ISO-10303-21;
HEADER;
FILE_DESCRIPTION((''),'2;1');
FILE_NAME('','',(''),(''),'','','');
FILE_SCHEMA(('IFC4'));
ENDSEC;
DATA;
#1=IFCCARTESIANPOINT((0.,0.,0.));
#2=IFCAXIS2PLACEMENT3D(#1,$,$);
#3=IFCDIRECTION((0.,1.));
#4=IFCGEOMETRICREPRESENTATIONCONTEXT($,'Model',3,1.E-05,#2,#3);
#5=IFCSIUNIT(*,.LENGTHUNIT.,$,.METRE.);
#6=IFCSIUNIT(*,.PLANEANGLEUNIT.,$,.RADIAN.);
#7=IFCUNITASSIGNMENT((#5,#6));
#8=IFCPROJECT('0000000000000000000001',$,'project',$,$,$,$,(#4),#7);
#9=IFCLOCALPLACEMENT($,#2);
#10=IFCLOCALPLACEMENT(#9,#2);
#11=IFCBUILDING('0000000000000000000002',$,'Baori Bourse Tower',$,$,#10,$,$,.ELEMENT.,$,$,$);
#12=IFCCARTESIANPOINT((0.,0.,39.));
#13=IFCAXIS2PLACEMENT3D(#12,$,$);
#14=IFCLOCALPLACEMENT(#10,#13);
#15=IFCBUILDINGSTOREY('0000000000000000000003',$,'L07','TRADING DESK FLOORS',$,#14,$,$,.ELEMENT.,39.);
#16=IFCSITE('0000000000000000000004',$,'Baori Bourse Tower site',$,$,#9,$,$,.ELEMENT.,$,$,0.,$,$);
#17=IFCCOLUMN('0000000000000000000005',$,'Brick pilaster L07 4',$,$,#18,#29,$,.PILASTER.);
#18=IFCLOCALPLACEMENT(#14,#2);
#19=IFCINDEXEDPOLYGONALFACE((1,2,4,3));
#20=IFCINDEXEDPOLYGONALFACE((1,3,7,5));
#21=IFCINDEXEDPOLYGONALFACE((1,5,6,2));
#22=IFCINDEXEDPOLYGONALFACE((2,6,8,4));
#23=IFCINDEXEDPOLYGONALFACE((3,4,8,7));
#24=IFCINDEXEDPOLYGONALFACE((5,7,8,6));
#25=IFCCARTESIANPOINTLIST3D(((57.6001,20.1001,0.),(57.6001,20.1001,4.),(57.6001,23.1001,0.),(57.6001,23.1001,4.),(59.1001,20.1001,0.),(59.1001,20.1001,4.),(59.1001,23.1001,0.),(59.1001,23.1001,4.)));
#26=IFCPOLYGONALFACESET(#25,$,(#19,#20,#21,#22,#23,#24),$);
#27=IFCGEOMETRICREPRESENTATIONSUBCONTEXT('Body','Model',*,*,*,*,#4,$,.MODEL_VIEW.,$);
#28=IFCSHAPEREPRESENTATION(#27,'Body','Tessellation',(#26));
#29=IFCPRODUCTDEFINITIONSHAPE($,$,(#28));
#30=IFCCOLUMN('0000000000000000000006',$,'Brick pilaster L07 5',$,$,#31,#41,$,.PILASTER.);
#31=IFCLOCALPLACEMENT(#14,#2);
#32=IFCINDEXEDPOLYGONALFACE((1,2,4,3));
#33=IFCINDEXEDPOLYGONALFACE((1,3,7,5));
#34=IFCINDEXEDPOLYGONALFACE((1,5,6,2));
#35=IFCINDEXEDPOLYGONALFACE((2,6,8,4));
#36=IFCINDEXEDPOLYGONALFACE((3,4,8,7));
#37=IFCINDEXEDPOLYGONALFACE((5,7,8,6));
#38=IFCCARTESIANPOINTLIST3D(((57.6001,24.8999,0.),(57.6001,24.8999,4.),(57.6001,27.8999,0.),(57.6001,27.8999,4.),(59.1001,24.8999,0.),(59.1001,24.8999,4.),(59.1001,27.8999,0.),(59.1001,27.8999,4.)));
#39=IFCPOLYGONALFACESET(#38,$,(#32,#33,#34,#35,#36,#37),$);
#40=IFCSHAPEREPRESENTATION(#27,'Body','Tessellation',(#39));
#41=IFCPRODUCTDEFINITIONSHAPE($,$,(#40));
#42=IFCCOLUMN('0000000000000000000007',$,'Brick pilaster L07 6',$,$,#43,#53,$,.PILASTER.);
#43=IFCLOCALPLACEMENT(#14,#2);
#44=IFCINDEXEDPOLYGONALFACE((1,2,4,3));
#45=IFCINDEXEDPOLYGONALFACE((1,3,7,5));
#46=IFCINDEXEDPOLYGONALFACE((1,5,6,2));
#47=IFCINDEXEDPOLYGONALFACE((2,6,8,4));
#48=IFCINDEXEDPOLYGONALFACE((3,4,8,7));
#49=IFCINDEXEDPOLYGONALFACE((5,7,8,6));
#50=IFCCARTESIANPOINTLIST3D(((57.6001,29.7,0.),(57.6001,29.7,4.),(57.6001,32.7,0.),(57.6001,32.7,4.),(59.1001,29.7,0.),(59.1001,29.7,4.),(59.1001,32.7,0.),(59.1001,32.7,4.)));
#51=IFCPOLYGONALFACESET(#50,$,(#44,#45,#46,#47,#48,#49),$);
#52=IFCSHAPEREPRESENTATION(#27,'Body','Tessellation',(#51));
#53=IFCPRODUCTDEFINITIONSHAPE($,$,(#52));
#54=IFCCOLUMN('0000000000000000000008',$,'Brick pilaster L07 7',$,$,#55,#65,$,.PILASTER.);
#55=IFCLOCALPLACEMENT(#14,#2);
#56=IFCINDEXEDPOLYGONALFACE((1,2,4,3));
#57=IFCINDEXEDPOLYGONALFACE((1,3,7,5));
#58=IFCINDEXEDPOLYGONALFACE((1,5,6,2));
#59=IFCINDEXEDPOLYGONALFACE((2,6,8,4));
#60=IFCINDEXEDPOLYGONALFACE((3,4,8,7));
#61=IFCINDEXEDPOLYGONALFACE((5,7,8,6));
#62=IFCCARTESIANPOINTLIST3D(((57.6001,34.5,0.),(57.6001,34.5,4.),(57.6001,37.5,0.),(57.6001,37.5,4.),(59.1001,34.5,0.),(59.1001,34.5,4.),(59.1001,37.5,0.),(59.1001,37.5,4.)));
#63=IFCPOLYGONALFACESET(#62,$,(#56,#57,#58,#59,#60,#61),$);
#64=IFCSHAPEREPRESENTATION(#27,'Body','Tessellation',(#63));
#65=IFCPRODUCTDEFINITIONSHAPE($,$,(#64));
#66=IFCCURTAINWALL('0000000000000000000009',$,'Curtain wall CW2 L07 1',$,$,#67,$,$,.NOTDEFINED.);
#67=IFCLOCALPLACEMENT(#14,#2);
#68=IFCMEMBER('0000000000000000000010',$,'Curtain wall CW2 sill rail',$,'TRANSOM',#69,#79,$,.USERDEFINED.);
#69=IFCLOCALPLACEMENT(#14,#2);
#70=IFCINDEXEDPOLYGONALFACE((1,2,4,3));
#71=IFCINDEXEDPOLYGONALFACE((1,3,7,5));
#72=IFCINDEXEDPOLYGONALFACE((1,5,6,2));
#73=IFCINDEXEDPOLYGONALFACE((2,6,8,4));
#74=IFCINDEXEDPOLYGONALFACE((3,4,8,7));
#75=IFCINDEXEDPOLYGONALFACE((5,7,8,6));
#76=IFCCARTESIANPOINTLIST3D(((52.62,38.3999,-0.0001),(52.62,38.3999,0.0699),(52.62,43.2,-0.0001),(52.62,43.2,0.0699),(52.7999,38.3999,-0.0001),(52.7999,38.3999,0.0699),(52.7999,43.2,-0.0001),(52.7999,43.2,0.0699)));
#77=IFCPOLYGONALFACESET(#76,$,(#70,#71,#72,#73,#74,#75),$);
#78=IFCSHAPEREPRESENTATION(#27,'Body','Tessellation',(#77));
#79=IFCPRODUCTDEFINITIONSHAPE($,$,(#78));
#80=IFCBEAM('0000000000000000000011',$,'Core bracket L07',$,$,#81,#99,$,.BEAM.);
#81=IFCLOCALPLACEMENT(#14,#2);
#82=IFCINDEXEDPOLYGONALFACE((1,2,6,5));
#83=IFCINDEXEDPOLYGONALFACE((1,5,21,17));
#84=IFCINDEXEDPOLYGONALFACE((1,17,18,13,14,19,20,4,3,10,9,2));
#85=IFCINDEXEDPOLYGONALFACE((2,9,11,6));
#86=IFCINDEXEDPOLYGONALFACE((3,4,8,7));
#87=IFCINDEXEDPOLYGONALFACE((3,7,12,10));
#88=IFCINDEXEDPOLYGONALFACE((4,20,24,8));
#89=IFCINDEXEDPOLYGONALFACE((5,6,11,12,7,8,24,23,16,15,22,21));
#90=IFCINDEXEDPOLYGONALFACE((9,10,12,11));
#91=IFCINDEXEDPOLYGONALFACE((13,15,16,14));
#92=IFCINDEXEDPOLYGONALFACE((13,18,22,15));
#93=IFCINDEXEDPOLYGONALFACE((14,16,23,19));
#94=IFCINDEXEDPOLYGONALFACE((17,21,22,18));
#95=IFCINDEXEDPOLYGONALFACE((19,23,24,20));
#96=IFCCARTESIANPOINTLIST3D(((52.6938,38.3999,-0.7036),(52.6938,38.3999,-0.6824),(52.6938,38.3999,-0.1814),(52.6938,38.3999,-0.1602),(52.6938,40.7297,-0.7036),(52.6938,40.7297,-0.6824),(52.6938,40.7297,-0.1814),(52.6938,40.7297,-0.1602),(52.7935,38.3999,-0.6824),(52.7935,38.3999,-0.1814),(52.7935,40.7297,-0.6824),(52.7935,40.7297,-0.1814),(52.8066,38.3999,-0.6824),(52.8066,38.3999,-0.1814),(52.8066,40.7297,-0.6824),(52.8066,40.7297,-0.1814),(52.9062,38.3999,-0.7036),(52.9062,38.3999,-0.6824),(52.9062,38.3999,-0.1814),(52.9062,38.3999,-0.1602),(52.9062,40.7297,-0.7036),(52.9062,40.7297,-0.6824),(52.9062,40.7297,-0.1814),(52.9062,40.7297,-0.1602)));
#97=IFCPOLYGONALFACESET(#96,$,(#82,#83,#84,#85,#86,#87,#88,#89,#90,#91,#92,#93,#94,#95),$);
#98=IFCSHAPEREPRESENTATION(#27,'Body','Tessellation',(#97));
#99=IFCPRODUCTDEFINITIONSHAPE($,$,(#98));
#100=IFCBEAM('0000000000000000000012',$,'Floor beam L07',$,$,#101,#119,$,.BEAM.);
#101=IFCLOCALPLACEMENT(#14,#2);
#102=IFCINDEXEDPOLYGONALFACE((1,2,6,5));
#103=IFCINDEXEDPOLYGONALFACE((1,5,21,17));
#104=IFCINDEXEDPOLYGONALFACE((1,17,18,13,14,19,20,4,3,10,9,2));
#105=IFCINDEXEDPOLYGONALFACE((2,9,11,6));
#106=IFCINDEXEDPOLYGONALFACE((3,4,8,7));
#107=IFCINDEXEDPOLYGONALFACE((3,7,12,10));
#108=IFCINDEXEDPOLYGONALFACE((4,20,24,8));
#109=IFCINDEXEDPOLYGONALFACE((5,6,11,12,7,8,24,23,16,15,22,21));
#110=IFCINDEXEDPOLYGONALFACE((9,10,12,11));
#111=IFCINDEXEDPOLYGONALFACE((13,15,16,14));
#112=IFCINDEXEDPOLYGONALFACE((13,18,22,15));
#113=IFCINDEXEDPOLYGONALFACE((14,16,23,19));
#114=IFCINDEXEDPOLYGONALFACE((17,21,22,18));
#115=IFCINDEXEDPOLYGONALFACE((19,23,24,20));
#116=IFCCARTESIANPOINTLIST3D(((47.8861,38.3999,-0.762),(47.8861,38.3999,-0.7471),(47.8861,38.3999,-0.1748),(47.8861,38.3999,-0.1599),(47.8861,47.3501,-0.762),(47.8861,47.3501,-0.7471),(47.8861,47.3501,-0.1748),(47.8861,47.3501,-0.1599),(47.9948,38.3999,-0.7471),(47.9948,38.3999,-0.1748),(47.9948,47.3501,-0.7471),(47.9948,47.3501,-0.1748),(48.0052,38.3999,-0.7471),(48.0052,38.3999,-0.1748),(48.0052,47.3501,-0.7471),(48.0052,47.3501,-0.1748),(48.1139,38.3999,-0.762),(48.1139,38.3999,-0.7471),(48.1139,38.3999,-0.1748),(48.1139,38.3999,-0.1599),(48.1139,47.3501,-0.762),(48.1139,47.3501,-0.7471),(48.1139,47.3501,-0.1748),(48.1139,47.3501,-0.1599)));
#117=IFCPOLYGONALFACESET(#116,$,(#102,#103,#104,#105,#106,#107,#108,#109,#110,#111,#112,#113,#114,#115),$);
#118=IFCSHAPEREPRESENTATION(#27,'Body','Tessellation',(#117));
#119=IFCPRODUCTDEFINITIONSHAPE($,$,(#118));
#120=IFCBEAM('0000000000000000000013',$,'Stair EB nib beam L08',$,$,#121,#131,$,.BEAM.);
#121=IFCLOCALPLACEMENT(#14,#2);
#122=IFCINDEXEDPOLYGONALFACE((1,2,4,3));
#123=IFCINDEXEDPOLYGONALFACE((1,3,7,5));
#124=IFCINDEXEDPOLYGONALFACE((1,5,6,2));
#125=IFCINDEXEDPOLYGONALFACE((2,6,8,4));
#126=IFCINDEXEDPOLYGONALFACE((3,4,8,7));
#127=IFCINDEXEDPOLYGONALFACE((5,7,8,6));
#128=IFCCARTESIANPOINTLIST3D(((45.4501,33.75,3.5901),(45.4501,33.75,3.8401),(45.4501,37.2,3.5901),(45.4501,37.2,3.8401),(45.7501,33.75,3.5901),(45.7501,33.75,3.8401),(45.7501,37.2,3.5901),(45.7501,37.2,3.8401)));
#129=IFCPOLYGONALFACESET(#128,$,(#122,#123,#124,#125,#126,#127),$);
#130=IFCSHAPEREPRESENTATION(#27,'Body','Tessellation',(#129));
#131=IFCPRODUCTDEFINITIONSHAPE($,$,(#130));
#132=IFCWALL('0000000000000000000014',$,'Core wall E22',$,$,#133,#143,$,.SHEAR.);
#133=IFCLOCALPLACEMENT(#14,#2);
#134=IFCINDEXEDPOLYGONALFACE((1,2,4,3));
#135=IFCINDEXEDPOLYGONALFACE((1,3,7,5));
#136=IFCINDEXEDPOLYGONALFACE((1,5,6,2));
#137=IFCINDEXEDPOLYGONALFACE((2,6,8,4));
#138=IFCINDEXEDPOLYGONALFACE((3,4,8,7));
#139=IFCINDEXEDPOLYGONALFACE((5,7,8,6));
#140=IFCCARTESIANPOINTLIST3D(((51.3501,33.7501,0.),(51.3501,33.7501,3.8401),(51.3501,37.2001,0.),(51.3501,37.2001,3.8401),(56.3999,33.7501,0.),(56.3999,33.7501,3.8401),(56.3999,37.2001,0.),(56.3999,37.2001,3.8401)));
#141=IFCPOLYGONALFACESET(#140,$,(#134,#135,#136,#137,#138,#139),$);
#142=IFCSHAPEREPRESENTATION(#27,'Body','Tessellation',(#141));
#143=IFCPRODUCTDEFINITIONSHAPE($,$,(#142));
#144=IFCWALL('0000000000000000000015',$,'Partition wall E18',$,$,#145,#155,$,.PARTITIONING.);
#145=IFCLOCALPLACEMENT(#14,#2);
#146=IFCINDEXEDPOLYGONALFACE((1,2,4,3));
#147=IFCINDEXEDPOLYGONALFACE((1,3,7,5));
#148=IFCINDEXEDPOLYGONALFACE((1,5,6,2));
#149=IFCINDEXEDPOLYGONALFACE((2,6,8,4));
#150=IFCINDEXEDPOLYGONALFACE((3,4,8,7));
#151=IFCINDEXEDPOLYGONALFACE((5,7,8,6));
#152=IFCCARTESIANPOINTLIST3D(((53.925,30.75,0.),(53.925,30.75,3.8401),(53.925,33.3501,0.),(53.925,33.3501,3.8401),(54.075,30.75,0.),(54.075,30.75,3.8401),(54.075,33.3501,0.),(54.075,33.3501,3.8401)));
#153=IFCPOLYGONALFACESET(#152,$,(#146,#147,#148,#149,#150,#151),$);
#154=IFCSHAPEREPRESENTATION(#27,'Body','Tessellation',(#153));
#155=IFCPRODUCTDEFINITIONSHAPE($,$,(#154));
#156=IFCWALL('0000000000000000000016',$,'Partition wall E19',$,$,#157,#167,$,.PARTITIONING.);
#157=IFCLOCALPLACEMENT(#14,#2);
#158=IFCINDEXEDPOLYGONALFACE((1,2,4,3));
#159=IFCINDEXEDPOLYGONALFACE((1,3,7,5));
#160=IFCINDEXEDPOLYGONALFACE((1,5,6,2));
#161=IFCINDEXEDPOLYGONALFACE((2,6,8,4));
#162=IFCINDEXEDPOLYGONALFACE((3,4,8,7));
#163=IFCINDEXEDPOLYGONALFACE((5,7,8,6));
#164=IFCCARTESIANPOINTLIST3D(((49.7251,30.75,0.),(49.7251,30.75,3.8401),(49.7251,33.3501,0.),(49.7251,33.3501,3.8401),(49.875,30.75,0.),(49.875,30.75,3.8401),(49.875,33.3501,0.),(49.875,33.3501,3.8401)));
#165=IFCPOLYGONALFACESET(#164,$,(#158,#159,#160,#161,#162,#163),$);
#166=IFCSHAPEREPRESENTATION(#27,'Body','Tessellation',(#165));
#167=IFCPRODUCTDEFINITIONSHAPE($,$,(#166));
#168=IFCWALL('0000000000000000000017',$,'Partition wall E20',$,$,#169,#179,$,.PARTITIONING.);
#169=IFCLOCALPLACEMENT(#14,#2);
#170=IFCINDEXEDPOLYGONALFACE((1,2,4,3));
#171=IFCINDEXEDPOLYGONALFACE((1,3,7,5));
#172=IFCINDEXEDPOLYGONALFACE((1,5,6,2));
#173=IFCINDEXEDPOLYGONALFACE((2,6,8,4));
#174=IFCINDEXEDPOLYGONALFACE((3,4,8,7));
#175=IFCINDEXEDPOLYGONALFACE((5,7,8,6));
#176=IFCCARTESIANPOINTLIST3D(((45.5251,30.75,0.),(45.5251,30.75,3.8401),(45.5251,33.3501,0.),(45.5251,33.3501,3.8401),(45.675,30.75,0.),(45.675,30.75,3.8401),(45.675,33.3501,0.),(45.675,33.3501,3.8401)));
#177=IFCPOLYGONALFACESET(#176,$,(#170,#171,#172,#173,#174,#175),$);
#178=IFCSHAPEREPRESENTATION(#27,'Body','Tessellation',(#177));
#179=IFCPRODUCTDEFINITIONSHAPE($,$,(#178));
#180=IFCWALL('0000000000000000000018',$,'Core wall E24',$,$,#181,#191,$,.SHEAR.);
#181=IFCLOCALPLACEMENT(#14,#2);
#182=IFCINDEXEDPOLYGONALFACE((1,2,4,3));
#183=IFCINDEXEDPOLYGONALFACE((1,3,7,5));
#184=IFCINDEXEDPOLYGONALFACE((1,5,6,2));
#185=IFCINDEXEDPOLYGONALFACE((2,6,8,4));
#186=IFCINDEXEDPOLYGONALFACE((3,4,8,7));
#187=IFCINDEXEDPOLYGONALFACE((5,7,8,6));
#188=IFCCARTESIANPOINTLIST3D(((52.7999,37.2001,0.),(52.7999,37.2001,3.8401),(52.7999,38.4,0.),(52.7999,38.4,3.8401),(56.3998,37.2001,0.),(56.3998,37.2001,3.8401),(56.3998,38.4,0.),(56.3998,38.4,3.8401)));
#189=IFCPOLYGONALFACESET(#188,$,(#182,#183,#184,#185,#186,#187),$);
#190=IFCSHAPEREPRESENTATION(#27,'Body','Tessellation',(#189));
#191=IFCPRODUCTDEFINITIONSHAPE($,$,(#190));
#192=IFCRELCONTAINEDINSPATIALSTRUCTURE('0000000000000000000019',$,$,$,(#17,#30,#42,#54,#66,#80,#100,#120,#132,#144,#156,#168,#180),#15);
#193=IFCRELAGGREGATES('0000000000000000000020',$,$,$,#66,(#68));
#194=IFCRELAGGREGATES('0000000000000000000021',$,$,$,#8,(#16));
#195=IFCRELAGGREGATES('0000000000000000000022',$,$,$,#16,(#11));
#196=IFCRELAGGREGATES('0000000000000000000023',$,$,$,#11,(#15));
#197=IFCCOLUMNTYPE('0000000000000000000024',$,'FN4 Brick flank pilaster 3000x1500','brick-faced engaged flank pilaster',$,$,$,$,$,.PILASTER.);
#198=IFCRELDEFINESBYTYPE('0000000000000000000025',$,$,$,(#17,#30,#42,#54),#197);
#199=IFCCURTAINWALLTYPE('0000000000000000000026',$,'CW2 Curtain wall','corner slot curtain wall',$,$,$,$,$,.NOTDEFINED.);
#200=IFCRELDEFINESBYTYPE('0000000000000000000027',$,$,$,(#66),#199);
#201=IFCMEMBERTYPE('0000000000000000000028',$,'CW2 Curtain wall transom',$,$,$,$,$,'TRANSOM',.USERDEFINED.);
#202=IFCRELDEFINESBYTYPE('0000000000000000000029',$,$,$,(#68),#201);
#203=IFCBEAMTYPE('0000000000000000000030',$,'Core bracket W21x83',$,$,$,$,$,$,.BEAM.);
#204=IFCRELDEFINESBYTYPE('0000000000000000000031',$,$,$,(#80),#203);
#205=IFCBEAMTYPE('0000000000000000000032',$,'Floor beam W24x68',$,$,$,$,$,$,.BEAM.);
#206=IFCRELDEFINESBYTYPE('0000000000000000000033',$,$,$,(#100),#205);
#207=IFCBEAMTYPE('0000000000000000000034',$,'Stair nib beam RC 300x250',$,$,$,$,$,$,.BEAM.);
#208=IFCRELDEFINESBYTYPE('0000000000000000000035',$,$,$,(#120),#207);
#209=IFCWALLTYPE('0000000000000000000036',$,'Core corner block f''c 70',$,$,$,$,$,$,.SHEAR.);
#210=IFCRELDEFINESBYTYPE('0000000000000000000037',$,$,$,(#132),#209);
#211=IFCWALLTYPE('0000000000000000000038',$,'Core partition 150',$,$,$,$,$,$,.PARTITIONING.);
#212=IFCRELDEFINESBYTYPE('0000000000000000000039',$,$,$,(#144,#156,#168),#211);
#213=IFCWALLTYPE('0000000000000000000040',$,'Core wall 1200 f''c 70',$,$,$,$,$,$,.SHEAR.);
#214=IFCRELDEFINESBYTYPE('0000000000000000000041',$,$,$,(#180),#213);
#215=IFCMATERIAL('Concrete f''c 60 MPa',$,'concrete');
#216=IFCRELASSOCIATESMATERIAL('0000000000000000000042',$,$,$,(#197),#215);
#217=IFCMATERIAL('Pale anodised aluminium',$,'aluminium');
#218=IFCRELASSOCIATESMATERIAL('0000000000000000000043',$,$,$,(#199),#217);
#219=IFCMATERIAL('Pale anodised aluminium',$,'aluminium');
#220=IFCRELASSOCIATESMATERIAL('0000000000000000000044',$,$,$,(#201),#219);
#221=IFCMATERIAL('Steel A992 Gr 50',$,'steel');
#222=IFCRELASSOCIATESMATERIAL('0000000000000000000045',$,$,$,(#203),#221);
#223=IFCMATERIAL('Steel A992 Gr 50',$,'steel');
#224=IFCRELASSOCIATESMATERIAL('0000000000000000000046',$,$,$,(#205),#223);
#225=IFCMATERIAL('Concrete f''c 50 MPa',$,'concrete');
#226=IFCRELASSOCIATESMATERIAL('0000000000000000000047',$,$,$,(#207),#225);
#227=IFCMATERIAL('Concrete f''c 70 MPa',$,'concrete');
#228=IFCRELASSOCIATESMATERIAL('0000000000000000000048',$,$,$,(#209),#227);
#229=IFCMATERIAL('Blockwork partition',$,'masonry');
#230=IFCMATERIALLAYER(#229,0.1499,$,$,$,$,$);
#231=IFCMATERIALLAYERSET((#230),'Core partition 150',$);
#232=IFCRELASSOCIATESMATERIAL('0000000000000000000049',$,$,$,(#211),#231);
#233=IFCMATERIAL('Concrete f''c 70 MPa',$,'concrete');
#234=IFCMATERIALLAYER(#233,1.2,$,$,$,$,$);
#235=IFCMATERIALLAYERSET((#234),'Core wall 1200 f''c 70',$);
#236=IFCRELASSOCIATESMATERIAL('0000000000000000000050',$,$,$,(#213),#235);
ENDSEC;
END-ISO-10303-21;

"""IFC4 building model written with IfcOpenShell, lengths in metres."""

from ifc_helpers import new_model, si_unit, direction, frame, frame_2d, origin, origin_2d, place, context, subcontext, project, spatial, rectangle, i_section, extrude, material, layer, layer_set, material_profile, profile_set, type_object, element, aggregate, save


model = new_model("IFC4")

# Units and contexts
model_context = context("Model", 3, precision=1e-05, world=origin(), true_north=direction((0.0, 1.0)))
body_context = subcontext(model_context, "Body", "Model", "MODEL_VIEW")
ifc_project = project(units=[si_unit("LENGTHUNIT", "METRE"), si_unit("PLANEANGLEUNIT", "RADIAN")], contexts=[model_context])

# Site, building, storey
site_placement = place(None, origin())
site = spatial("IfcSite", under=ifc_project, at=site_placement, Name="Baori Bourse Tower site", CompositionType="ELEMENT", RefElevation=0.0)
building_placement = place(site_placement, origin())
building = spatial("IfcBuilding", under=site, at=building_placement, Name="Baori Bourse Tower", CompositionType="ELEMENT")
storey_placement = place(building_placement, frame((0.0, 0.0, 39.0)))
storey = spatial("IfcBuildingStorey", under=building, at=storey_placement, Name="L07", Description="TRADING DESK FLOORS", CompositionType="ELEMENT", Elevation=39.0)

# Columns
ifc_material_1 = material(Name="Concrete f'c 60 MPa", Category="concrete")
ifc_material_profile_1 = material_profile(ifc_material_1, rectangle(XDim=3.0, YDim=1.5, at=origin_2d()), Name="RC 3000x1500")
ifc_profile_set_1 = profile_set([ifc_material_profile_1], Name="Concrete f'c 60 MPa")
column_type = type_object("IfcColumnType", Name="FN4 Brick flank pilaster 3000x1500", Description="brick-faced engaged flank pilaster", PredefinedType="PILASTER", material=ifc_profile_set_1)
for number, where, z_axis, x_axis, name in (
    (1, (58.3501, 21.6001, 0.0), (0.0, 0.0, 1.0), (0.0, 1.0, 0.0), "Brick pilaster L07 4"),
    (2, (58.3501, 26.3999, 0.0), (0.0, 0.0, 1.0), (0.0, 1.0, 0.0), "Brick pilaster L07 5"),
    (3, (58.3501, 31.2, 0.0), (0.0, 0.0, 1.0), (0.0, 1.0, 0.0), "Brick pilaster L07 6"),
    (4, (58.3501, 36.0, 0.0), (0.0, 0.0, 1.0), (0.0, 1.0, 0.0), "Brick pilaster L07 7"),
):
    element("IfcColumn", number, at=place(storey_placement, frame(where, z_axis=z_axis, x_axis=x_axis)), inside=storey, type_object=column_type, Name=name, PredefinedType="PILASTER", context=body_context, shape_type="SweptSolid", body=[
        extrude(rectangle(XDim=3.0, YDim=1.5, at=origin_2d()), origin(), (0.0, 0.0, 1.0), 4.0),
    ])

# Curtain wall, member
ifc_material_2 = material(Name="Pale anodised aluminium", Category="aluminium")
curtain_wall_type = type_object("IfcCurtainWallType", Name="CW2 Curtain wall", Description="corner slot curtain wall", PredefinedType="NOTDEFINED", material=ifc_material_2)
curtain_wall_placement = place(storey_placement, origin())
curtain_wall = element("IfcCurtainWall", 5, at=curtain_wall_placement, inside=storey, type_object=curtain_wall_type, Name="Curtain wall CW2 L07 1", PredefinedType="NOTDEFINED")
ifc_material_3 = material(Name="Pale anodised aluminium", Category="aluminium")
ifc_material_profile_2 = material_profile(ifc_material_3, rectangle(XDim=0.1799, YDim=0.0701, at=origin_2d()), Name="Transom 70x180")
ifc_profile_set_2 = profile_set([ifc_material_profile_2], Name="Pale anodised aluminium")
member_type = type_object("IfcMemberType", Name="CW2 Curtain wall transom", ElementType="TRANSOM", PredefinedType="USERDEFINED", material=ifc_profile_set_2)
member_placement = place(storey_placement, frame((52.71, 38.3999, 0.0349), z_axis=(0.0, 1.0, 0.0), x_axis=(-1.0, 0.0, 0.0)))
member = element("IfcMember", 6, at=member_placement, type_object=member_type, Name="Curtain wall CW2 sill rail", ObjectType="TRANSOM", PredefinedType="USERDEFINED", context=body_context, shape_type="SweptSolid", body=[
    extrude(rectangle(XDim=0.1799, YDim=0.0701, at=origin_2d()), origin(), (0.0, 0.0, 1.0), 4.8),
])
aggregate(curtain_wall, [member])

# Beams
ifc_material_4 = material(Name="Steel A992 Gr 50", Category="steel")
ifc_material_profile_3 = material_profile(ifc_material_4, i_section(OverallWidth=0.2124, OverallDepth=0.5435, WebThickness=0.0132, FlangeThickness=0.0212, at=origin_2d()), Name="W21x83")
ifc_profile_set_3 = profile_set([ifc_material_profile_3], Name="Steel A992 Gr 50")
beam_type_1 = type_object("IfcBeamType", Name="Core bracket W21x83", PredefinedType="BEAM", material=ifc_profile_set_3)
beam_1_placement = place(storey_placement, frame((52.8, 38.3999, -0.4319), z_axis=(0.0, 1.0, 0.0), x_axis=(-1.0, 0.0, 0.0)))
element("IfcBeam", 7, at=beam_1_placement, inside=storey, type_object=beam_type_1, Name="Core bracket L07", PredefinedType="BEAM", context=body_context, shape_type="SweptSolid", body=[
    extrude(i_section(OverallWidth=0.2124, OverallDepth=0.5435, WebThickness=0.0132, FlangeThickness=0.0212, at=origin_2d()), origin(), (0.0, 0.0, 1.0), 2.3298),
])
ifc_material_5 = material(Name="Steel A992 Gr 50", Category="steel")
ifc_material_profile_4 = material_profile(ifc_material_5, i_section(OverallWidth=0.2278, OverallDepth=0.6021, WebThickness=0.0105, FlangeThickness=0.0149, at=origin_2d()), Name="W24x68")
ifc_profile_set_4 = profile_set([ifc_material_profile_4], Name="Steel A992 Gr 50")
beam_type_2 = type_object("IfcBeamType", Name="Floor beam W24x68", PredefinedType="BEAM", material=ifc_profile_set_4)
beam_2_placement = place(storey_placement, frame((48.0, 38.3999, -0.4609), z_axis=(0.0, 1.0, 0.0), x_axis=(-1.0, 0.0, 0.0)))
element("IfcBeam", 8, at=beam_2_placement, inside=storey, type_object=beam_type_2, Name="Floor beam L07", PredefinedType="BEAM", context=body_context, shape_type="SweptSolid", body=[
    extrude(i_section(OverallWidth=0.2278, OverallDepth=0.6021, WebThickness=0.0105, FlangeThickness=0.0149, at=origin_2d()), origin(), (0.0, 0.0, 1.0), 8.9502),
])
ifc_material_6 = material(Name="Concrete f'c 50 MPa", Category="concrete")
ifc_material_profile_5 = material_profile(ifc_material_6, rectangle(XDim=0.3, YDim=0.25, at=origin_2d()), Name="RC 300x250")
ifc_profile_set_5 = profile_set([ifc_material_profile_5], Name="Concrete f'c 50 MPa")
beam_type_3 = type_object("IfcBeamType", Name="Stair nib beam RC 300x250", PredefinedType="BEAM", material=ifc_profile_set_5)
beam_3_placement = place(storey_placement, frame((45.6001, 33.75, 3.7151), z_axis=(0.0, 1.0, 0.0), x_axis=(-1.0, 0.0, 0.0)))
element("IfcBeam", 9, at=beam_3_placement, inside=storey, type_object=beam_type_3, Name="Stair EB nib beam L08", PredefinedType="BEAM", context=body_context, shape_type="SweptSolid", body=[
    extrude(rectangle(XDim=0.3, YDim=0.25, at=origin_2d()), origin(), (0.0, 0.0, 1.0), 3.45),
])

# Walls
ifc_material_7 = material(Name="Concrete f'c 70 MPa", Category="concrete")
wall_type_1 = type_object("IfcWallType", Name="Core corner block f'c 70", PredefinedType="SHEAR", material=ifc_material_7)
wall_1_placement = place(storey_placement, frame((51.3501, 35.4751, 0.0), z_axis=(0.0, 0.0, 1.0), x_axis=(1.0, 0.0, 0.0)))
element("IfcWall", 10, at=wall_1_placement, inside=storey, type_object=wall_type_1, Name="Core wall E22", PredefinedType="SHEAR", context=body_context, shape_type="SweptSolid", body=[
    extrude(rectangle(XDim=5.0498, YDim=3.45, at=frame_2d((2.5249, 0.0))), origin(), (0.0, 0.0, 1.0), 3.8401),
])
ifc_material_8 = material(Name="Blockwork partition", Category="masonry")
ifc_layer_1 = layer(ifc_material_8, 0.1499)
ifc_layer_set_1 = layer_set([ifc_layer_1], Name="Core partition 150")
wall_type_2 = type_object("IfcWallType", Name="Core partition 150", PredefinedType="PARTITIONING", material=ifc_layer_set_1)
for number, where, z_axis, x_axis, name in (
    (11, (54.0, 30.75, 0.0), (0.0, 0.0, 1.0), (0.0, 1.0, 0.0), "Partition wall E18"),
    (12, (49.8, 30.75, 0.0), (0.0, 0.0, 1.0), (0.0, 1.0, 0.0), "Partition wall E19"),
    (13, (45.6001, 30.75, 0.0), (0.0, 0.0, 1.0), (0.0, 1.0, 0.0), "Partition wall E20"),
):
    element("IfcWall", number, at=place(storey_placement, frame(where, z_axis=z_axis, x_axis=x_axis)), inside=storey, type_object=wall_type_2, Name=name, PredefinedType="PARTITIONING", context=body_context, shape_type="SweptSolid", body=[
        extrude(rectangle(XDim=2.6001, YDim=0.1499, at=frame_2d((1.3, 0.0))), origin(), (0.0, 0.0, 1.0), 3.8401),
    ])
ifc_material_9 = material(Name="Concrete f'c 70 MPa", Category="concrete")
ifc_layer_2 = layer(ifc_material_9, 1.2)
ifc_layer_set_2 = layer_set([ifc_layer_2], Name="Core wall 1200 f'c 70")
wall_type_3 = type_object("IfcWallType", Name="Core wall 1200 f'c 70", PredefinedType="SHEAR", material=ifc_layer_set_2)
wall_2_placement = place(storey_placement, frame((52.8, 37.8, 0.0), z_axis=(0.0, 0.0, 1.0), x_axis=(1.0, 0.0, 0.0)))
element("IfcWall", 14, at=wall_2_placement, inside=storey, type_object=wall_type_3, Name="Core wall E24", PredefinedType="SHEAR", context=body_context, shape_type="SweptSolid", body=[
    extrude(rectangle(XDim=3.5999, YDim=1.2, at=frame_2d((1.7998, 0.0))), origin(), (0.0, 0.0, 1.0), 3.8401),
])

save(model, "model.ifc")
